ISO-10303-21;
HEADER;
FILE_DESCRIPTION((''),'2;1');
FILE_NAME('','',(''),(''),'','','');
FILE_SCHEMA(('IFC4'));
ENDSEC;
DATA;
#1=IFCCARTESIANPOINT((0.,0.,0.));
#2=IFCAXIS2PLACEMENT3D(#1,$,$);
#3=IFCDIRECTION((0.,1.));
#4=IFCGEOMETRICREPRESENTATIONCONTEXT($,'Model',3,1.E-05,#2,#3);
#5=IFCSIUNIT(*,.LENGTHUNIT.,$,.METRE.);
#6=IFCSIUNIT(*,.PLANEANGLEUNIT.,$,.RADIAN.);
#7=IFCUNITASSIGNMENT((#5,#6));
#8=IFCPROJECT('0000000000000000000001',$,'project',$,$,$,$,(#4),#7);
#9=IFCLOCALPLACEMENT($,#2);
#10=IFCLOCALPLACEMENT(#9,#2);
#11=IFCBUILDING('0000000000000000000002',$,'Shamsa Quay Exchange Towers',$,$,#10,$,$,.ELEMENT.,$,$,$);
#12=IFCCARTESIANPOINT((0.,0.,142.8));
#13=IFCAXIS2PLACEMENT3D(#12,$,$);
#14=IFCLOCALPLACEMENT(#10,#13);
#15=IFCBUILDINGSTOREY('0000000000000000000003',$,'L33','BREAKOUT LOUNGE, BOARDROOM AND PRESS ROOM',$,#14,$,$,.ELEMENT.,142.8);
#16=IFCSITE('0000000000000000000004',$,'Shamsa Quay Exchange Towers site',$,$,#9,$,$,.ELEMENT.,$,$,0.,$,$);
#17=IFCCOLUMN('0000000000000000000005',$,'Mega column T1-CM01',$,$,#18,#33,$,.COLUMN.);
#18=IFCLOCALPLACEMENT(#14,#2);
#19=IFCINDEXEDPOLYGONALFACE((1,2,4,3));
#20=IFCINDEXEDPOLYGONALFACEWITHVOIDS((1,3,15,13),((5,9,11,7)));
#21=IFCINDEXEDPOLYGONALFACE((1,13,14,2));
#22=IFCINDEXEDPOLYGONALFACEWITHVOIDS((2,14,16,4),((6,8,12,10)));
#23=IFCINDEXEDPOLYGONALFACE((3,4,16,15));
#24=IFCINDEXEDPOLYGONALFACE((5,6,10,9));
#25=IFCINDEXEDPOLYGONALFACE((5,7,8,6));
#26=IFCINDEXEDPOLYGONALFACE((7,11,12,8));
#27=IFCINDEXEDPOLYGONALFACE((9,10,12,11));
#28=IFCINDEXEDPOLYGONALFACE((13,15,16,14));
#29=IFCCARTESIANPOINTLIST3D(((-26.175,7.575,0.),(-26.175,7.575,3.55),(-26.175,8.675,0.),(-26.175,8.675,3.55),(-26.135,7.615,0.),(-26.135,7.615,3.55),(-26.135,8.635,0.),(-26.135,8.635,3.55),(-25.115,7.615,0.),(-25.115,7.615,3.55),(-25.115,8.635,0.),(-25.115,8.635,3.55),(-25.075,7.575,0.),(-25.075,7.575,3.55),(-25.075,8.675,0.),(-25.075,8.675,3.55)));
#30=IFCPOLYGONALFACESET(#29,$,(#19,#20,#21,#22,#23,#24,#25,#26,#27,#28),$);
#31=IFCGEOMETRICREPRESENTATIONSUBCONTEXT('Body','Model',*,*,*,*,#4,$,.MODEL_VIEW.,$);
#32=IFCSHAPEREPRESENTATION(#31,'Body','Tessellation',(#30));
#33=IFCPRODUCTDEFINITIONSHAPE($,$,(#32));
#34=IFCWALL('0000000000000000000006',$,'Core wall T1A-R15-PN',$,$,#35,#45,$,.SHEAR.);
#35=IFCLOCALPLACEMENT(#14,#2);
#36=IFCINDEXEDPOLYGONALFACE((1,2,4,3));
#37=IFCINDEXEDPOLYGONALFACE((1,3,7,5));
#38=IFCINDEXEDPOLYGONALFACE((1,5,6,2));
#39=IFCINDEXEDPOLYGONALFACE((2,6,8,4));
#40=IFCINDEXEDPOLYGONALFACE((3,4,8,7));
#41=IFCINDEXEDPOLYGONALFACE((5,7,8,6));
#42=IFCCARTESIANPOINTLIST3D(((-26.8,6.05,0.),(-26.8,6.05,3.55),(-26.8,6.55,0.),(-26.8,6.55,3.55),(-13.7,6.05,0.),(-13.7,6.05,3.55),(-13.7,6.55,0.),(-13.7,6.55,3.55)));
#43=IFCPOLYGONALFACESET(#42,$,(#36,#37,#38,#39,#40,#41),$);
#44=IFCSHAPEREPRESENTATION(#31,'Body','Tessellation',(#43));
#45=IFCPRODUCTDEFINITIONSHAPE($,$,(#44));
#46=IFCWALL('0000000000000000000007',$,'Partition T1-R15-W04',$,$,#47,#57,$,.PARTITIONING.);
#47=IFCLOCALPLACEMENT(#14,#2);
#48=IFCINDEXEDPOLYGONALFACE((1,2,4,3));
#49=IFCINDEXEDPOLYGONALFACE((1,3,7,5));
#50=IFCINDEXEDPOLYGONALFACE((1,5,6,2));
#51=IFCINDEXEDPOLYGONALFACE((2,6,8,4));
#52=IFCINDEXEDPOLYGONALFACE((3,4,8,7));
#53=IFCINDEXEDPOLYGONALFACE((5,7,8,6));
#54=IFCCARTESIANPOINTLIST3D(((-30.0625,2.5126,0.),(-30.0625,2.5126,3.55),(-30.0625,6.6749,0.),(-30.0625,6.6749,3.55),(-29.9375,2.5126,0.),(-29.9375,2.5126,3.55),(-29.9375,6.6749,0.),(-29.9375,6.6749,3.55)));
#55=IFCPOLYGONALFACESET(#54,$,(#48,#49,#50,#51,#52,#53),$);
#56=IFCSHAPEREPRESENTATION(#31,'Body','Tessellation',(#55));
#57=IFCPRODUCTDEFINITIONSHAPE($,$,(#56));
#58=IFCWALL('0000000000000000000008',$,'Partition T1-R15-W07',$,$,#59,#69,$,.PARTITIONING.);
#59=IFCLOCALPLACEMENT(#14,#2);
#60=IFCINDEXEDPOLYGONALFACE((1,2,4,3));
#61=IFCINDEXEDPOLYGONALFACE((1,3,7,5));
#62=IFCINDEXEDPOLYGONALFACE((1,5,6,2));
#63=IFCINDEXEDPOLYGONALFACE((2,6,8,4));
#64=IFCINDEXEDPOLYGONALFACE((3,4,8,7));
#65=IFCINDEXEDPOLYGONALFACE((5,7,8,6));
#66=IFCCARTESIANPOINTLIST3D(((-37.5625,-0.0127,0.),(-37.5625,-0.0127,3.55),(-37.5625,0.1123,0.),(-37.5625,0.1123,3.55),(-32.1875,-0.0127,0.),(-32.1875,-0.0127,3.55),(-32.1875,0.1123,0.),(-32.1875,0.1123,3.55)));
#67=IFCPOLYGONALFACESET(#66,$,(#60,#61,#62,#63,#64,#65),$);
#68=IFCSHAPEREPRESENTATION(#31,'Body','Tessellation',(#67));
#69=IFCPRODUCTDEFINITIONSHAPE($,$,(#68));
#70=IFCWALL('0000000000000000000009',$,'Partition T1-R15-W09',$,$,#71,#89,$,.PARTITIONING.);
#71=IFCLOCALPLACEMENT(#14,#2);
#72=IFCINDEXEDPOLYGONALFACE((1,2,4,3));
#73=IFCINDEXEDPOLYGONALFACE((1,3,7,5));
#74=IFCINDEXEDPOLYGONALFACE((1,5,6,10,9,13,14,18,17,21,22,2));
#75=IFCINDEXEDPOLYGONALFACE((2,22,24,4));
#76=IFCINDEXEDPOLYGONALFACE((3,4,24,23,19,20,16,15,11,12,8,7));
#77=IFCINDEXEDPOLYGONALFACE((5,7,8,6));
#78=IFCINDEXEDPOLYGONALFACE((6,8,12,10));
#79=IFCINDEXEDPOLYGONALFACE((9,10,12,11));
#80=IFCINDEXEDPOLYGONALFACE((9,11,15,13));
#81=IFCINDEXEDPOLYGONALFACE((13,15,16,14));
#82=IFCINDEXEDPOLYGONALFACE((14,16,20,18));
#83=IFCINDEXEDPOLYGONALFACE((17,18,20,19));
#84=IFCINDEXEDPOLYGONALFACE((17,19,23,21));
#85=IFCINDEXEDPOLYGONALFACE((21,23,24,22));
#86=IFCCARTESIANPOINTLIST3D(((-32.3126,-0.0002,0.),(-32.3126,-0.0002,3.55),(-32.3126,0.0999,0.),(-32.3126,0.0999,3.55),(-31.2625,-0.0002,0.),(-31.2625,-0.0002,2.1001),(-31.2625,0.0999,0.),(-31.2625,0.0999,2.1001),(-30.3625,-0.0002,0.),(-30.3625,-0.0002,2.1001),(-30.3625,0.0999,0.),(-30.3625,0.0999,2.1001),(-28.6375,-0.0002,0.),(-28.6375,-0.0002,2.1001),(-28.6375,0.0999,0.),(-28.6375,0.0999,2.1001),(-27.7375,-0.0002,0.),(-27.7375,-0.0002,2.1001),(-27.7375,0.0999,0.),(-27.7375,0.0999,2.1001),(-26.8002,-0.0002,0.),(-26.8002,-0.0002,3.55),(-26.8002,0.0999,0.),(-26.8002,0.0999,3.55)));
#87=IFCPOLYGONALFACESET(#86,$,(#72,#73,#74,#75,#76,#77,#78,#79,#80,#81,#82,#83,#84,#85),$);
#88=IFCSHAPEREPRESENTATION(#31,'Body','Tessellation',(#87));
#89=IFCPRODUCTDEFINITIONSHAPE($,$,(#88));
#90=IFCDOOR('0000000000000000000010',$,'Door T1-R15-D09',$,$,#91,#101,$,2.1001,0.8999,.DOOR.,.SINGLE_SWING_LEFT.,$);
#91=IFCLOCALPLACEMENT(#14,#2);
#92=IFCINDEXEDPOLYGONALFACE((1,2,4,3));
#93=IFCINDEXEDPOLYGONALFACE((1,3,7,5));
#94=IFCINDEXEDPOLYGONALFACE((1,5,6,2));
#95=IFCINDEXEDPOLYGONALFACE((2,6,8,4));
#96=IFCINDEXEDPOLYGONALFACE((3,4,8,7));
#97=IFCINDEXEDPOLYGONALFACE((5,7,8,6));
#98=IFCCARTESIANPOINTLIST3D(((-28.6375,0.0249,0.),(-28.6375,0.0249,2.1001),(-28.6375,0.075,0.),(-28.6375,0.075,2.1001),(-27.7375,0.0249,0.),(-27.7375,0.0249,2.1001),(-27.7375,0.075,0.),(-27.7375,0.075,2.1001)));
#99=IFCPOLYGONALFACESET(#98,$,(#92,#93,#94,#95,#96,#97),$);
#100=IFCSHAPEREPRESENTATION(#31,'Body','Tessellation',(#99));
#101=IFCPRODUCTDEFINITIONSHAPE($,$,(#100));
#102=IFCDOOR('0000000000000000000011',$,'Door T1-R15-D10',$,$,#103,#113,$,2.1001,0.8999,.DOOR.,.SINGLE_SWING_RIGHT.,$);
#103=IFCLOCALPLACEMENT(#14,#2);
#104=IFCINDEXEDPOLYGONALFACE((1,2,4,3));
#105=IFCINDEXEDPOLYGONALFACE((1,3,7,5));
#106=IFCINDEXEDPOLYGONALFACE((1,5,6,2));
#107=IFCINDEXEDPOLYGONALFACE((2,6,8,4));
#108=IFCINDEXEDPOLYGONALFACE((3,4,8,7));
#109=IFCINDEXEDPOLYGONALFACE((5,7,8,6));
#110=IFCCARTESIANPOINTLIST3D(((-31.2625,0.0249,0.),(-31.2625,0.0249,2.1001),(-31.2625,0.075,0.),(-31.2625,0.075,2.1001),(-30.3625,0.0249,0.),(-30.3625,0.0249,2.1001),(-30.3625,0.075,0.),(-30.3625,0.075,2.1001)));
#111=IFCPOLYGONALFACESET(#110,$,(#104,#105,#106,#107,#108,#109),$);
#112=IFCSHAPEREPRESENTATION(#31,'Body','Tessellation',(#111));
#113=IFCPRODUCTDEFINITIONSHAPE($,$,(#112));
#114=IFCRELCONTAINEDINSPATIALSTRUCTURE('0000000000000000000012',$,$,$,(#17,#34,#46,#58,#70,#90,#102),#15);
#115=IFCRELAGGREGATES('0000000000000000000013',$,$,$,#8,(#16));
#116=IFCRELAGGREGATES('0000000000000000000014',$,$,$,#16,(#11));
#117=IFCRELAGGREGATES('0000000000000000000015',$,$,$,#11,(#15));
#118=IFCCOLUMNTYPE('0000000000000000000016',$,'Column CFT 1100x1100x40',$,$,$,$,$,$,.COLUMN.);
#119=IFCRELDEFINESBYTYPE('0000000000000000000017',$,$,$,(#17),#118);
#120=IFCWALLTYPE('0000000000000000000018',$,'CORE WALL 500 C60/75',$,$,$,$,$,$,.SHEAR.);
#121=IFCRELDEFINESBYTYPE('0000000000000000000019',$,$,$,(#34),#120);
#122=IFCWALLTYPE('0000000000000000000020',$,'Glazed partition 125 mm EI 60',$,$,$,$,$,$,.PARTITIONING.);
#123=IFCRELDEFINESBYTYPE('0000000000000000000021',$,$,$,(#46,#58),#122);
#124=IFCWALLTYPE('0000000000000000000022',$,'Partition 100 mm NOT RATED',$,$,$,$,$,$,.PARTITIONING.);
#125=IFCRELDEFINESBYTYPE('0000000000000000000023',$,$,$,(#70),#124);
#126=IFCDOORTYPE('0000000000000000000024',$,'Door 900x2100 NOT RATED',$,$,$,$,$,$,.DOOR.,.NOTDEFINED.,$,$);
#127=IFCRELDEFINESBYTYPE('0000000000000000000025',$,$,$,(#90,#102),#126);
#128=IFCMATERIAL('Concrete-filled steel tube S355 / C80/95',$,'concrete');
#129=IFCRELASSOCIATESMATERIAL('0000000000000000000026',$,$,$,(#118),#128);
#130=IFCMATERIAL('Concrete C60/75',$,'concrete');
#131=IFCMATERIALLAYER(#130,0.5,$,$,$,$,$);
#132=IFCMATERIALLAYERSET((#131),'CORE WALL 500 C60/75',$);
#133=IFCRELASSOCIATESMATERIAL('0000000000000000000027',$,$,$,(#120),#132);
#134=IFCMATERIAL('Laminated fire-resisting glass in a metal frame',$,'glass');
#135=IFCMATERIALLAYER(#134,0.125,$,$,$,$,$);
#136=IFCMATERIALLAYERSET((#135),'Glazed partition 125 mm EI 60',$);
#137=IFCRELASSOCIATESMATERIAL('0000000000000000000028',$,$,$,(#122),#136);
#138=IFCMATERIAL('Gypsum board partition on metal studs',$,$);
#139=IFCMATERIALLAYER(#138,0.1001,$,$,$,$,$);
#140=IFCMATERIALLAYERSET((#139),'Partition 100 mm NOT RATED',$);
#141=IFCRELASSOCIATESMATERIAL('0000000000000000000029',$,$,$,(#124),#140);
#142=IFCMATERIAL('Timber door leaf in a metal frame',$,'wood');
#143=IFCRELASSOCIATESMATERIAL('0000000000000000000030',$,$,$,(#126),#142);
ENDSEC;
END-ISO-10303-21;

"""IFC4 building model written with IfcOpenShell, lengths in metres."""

from ifc_helpers import new_model, si_unit, direction, frame, frame_2d, origin, origin_2d, place, context, subcontext, project, spatial, rectangle, hollow_rectangle, extrude, material, layer, layer_set, material_profile, profile_set, type_object, element, fill, save


model = new_model("IFC4")

# Units and contexts
model_context = context("Model", 3, precision=1e-05, world=origin(), true_north=direction((0.0, 1.0)))
body_context = subcontext(model_context, "Body", "Model", "MODEL_VIEW")
ifc_project = project(units=[si_unit("LENGTHUNIT", "METRE"), si_unit("PLANEANGLEUNIT", "RADIAN")], contexts=[model_context])

# Site, building, storey
site_placement = place(None, origin())
site = spatial("IfcSite", under=ifc_project, at=site_placement, Name="Shamsa Quay Exchange Towers site", CompositionType="ELEMENT", RefElevation=0.0)
building_placement = place(site_placement, origin())
building = spatial("IfcBuilding", under=site, at=building_placement, Name="Shamsa Quay Exchange Towers", CompositionType="ELEMENT")
storey_placement = place(building_placement, frame((0.0, 0.0, 142.8)))
storey = spatial("IfcBuildingStorey", under=building, at=storey_placement, Name="L33", Description="BREAKOUT LOUNGE, BOARDROOM AND PRESS ROOM", CompositionType="ELEMENT", Elevation=142.8)

# Column
ifc_material_1 = material(Name="Concrete-filled steel tube S355 / C80/95", Category="concrete")
ifc_material_profile = material_profile(ifc_material_1, hollow_rectangle(XDim=1.1001, YDim=1.1001, WallThickness=0.04, at=origin_2d()), Name="CFT 1100x1100x40")
ifc_profile_set = profile_set([ifc_material_profile], Name="Concrete-filled steel tube S355 / C80/95")
column_type = type_object("IfcColumnType", Name="Column CFT 1100x1100x40", PredefinedType="COLUMN", material=ifc_profile_set)
column_placement = place(storey_placement, frame((-25.625, 8.125, 0.0)))
element("IfcColumn", 1, at=column_placement, inside=storey, type_object=column_type, Name="Mega column T1-CM01", PredefinedType="COLUMN", context=body_context, shape_type="SweptSolid", body=[
    extrude(hollow_rectangle(XDim=1.1001, YDim=1.1001, WallThickness=0.04, at=origin_2d()), origin(), (0.0, 0.0, 1.0), 3.55),
])

# Wall
ifc_material_2 = material(Name="Concrete C60/75", Category="concrete")
ifc_layer_1 = layer(ifc_material_2, 0.5)
ifc_layer_set_1 = layer_set([ifc_layer_1], Name="CORE WALL 500 C60/75")
wall_type_1 = type_object("IfcWallType", Name="CORE WALL 500 C60/75", PredefinedType="SHEAR", material=ifc_layer_set_1)
wall_1_placement = place(storey_placement, frame((-26.8, 6.3, 0.0)))
element("IfcWall", 2, at=wall_1_placement, inside=storey, type_object=wall_type_1, Name="Core wall T1A-R15-PN", PredefinedType="SHEAR", context=body_context, shape_type="SweptSolid", body=[
    extrude(rectangle(XDim=13.1001, YDim=0.5, at=frame_2d((6.55, 0.0))), origin(), (0.0, 0.0, 1.0), 3.55),
])

# Walls
ifc_material_3 = material(Name="Laminated fire-resisting glass in a metal frame", Category="glass")
ifc_layer_2 = layer(ifc_material_3, 0.125)
ifc_layer_set_2 = layer_set([ifc_layer_2], Name="Glazed partition 125 mm EI 60")
wall_type_2 = type_object("IfcWallType", Name="Glazed partition 125 mm EI 60", PredefinedType="PARTITIONING", material=ifc_layer_set_2)
wall_2_placement = place(storey_placement, frame((-30.0, 2.5127, 0.0), z_axis=(0.0, 0.0, 1.0), x_axis=(0.0, 1.0, 0.0)))
element("IfcWall", 3, at=wall_2_placement, inside=storey, type_object=wall_type_2, Name="Partition T1-R15-W04", PredefinedType="PARTITIONING", context=body_context, shape_type="SweptSolid", body=[
    extrude(rectangle(XDim=4.1624, YDim=0.125, at=frame_2d((2.0811, 0.0))), origin(), (0.0, 0.0, 1.0), 3.55),
])
wall_3_placement = place(storey_placement, frame((-32.1875, 0.0498, 0.0), z_axis=(0.0, 0.0, 1.0), x_axis=(-1.0, 0.0, 0.0)))
element("IfcWall", 4, at=wall_3_placement, inside=storey, type_object=wall_type_2, Name="Partition T1-R15-W07", PredefinedType="PARTITIONING", context=body_context, shape_type="SweptSolid", body=[
    extrude(rectangle(XDim=5.375, YDim=0.125, at=frame_2d((2.6875, 0.0))), origin(), (0.0, 0.0, 1.0), 3.55),
])

# Wall, openings, doors
ifc_material_4 = material(Name="Gypsum board partition on metal studs")
ifc_layer_3 = layer(ifc_material_4, 0.1001)
ifc_layer_set_3 = layer_set([ifc_layer_3], Name="Partition 100 mm NOT RATED")
wall_type_3 = type_object("IfcWallType", Name="Partition 100 mm NOT RATED", PredefinedType="PARTITIONING", material=ifc_layer_set_3)
wall_4_placement = place(storey_placement, frame((-26.8, 0.0498, 0.0), z_axis=(0.0, 0.0, 1.0), x_axis=(-1.0, 0.0, 0.0)))
wall_4 = element("IfcWall", 5, at=wall_4_placement, inside=storey, type_object=wall_type_3, Name="Partition T1-R15-W09", PredefinedType="PARTITIONING", context=body_context, shape_type="SweptSolid", body=[
    extrude(rectangle(XDim=5.5125, YDim=0.1001, at=frame_2d((2.7563, 0.0))), origin(), (0.0, 0.0, 1.0), 3.55),
])
opening_1_placement = place(wall_4_placement, frame((0.9375, 0.0, 0.0)))
opening_1 = element("IfcOpeningElement", 6, at=opening_1_placement, cuts=wall_4, PredefinedType="OPENING", context=body_context, shape_type="SweptSolid", body=[
    extrude(rectangle(XDim=0.8999, YDim=2.1001, at=frame_2d((0.45, 1.05))), frame((0.0, 0.0601, 0.0), z_axis=(0.0, -1.0, 0.0), x_axis=(1.0, 0.0, 0.0)), (0.0, 0.0, 1.0), 0.1201),
])
opening_2_placement = place(wall_4_placement, frame((3.5625, 0.0, 0.0)))
opening_2 = element("IfcOpeningElement", 7, at=opening_2_placement, cuts=wall_4, PredefinedType="OPENING", context=body_context, shape_type="SweptSolid", body=[
    extrude(rectangle(XDim=0.8999, YDim=2.1001, at=frame_2d((0.45, 1.05))), frame((0.0, 0.0601, 0.0), z_axis=(0.0, -1.0, 0.0), x_axis=(1.0, 0.0, 0.0)), (0.0, 0.0, 1.0), 0.1201),
])
ifc_material_5 = material(Name="Timber door leaf in a metal frame", Category="wood")
door_type_1 = type_object("IfcDoorType", Name="Door 900x2100 NOT RATED", OperationType="NOTDEFINED", PredefinedType="DOOR", material=ifc_material_5)
door_1_placement = place(opening_1_placement, origin())
door_1 = element("IfcDoor", 8, at=door_1_placement, inside=storey, type_object=door_type_1, Name="Door T1-R15-D09", OperationType="SINGLE_SWING_LEFT", OverallHeight=2.1001, OverallWidth=0.8999, PredefinedType="DOOR", context=body_context, shape_type="SweptSolid", body=[
    extrude(rectangle(XDim=0.8999, YDim=2.1001, at=frame_2d((0.45, 1.05))), frame((0.0, 0.0249, 0.0), z_axis=(0.0, -1.0, 0.0), x_axis=(1.0, 0.0, 0.0)), (0.0, 0.0, 1.0), 0.05),
])
fill(opening_1, door_1)
door_2_placement = place(opening_2_placement, origin())
door_2 = element("IfcDoor", 9, at=door_2_placement, inside=storey, type_object=door_type_1, Name="Door T1-R15-D10", OperationType="SINGLE_SWING_RIGHT", OverallHeight=2.1001, OverallWidth=0.8999, PredefinedType="DOOR", context=body_context, shape_type="SweptSolid", body=[
    extrude(rectangle(XDim=0.8999, YDim=2.1001, at=frame_2d((0.45, 1.05))), frame((0.0, 0.0249, 0.0), z_axis=(0.0, -1.0, 0.0), x_axis=(1.0, 0.0, 0.0)), (0.0, 0.0, 1.0), 0.05),
])
fill(opening_2, door_2)

save(model, "model.ifc")
